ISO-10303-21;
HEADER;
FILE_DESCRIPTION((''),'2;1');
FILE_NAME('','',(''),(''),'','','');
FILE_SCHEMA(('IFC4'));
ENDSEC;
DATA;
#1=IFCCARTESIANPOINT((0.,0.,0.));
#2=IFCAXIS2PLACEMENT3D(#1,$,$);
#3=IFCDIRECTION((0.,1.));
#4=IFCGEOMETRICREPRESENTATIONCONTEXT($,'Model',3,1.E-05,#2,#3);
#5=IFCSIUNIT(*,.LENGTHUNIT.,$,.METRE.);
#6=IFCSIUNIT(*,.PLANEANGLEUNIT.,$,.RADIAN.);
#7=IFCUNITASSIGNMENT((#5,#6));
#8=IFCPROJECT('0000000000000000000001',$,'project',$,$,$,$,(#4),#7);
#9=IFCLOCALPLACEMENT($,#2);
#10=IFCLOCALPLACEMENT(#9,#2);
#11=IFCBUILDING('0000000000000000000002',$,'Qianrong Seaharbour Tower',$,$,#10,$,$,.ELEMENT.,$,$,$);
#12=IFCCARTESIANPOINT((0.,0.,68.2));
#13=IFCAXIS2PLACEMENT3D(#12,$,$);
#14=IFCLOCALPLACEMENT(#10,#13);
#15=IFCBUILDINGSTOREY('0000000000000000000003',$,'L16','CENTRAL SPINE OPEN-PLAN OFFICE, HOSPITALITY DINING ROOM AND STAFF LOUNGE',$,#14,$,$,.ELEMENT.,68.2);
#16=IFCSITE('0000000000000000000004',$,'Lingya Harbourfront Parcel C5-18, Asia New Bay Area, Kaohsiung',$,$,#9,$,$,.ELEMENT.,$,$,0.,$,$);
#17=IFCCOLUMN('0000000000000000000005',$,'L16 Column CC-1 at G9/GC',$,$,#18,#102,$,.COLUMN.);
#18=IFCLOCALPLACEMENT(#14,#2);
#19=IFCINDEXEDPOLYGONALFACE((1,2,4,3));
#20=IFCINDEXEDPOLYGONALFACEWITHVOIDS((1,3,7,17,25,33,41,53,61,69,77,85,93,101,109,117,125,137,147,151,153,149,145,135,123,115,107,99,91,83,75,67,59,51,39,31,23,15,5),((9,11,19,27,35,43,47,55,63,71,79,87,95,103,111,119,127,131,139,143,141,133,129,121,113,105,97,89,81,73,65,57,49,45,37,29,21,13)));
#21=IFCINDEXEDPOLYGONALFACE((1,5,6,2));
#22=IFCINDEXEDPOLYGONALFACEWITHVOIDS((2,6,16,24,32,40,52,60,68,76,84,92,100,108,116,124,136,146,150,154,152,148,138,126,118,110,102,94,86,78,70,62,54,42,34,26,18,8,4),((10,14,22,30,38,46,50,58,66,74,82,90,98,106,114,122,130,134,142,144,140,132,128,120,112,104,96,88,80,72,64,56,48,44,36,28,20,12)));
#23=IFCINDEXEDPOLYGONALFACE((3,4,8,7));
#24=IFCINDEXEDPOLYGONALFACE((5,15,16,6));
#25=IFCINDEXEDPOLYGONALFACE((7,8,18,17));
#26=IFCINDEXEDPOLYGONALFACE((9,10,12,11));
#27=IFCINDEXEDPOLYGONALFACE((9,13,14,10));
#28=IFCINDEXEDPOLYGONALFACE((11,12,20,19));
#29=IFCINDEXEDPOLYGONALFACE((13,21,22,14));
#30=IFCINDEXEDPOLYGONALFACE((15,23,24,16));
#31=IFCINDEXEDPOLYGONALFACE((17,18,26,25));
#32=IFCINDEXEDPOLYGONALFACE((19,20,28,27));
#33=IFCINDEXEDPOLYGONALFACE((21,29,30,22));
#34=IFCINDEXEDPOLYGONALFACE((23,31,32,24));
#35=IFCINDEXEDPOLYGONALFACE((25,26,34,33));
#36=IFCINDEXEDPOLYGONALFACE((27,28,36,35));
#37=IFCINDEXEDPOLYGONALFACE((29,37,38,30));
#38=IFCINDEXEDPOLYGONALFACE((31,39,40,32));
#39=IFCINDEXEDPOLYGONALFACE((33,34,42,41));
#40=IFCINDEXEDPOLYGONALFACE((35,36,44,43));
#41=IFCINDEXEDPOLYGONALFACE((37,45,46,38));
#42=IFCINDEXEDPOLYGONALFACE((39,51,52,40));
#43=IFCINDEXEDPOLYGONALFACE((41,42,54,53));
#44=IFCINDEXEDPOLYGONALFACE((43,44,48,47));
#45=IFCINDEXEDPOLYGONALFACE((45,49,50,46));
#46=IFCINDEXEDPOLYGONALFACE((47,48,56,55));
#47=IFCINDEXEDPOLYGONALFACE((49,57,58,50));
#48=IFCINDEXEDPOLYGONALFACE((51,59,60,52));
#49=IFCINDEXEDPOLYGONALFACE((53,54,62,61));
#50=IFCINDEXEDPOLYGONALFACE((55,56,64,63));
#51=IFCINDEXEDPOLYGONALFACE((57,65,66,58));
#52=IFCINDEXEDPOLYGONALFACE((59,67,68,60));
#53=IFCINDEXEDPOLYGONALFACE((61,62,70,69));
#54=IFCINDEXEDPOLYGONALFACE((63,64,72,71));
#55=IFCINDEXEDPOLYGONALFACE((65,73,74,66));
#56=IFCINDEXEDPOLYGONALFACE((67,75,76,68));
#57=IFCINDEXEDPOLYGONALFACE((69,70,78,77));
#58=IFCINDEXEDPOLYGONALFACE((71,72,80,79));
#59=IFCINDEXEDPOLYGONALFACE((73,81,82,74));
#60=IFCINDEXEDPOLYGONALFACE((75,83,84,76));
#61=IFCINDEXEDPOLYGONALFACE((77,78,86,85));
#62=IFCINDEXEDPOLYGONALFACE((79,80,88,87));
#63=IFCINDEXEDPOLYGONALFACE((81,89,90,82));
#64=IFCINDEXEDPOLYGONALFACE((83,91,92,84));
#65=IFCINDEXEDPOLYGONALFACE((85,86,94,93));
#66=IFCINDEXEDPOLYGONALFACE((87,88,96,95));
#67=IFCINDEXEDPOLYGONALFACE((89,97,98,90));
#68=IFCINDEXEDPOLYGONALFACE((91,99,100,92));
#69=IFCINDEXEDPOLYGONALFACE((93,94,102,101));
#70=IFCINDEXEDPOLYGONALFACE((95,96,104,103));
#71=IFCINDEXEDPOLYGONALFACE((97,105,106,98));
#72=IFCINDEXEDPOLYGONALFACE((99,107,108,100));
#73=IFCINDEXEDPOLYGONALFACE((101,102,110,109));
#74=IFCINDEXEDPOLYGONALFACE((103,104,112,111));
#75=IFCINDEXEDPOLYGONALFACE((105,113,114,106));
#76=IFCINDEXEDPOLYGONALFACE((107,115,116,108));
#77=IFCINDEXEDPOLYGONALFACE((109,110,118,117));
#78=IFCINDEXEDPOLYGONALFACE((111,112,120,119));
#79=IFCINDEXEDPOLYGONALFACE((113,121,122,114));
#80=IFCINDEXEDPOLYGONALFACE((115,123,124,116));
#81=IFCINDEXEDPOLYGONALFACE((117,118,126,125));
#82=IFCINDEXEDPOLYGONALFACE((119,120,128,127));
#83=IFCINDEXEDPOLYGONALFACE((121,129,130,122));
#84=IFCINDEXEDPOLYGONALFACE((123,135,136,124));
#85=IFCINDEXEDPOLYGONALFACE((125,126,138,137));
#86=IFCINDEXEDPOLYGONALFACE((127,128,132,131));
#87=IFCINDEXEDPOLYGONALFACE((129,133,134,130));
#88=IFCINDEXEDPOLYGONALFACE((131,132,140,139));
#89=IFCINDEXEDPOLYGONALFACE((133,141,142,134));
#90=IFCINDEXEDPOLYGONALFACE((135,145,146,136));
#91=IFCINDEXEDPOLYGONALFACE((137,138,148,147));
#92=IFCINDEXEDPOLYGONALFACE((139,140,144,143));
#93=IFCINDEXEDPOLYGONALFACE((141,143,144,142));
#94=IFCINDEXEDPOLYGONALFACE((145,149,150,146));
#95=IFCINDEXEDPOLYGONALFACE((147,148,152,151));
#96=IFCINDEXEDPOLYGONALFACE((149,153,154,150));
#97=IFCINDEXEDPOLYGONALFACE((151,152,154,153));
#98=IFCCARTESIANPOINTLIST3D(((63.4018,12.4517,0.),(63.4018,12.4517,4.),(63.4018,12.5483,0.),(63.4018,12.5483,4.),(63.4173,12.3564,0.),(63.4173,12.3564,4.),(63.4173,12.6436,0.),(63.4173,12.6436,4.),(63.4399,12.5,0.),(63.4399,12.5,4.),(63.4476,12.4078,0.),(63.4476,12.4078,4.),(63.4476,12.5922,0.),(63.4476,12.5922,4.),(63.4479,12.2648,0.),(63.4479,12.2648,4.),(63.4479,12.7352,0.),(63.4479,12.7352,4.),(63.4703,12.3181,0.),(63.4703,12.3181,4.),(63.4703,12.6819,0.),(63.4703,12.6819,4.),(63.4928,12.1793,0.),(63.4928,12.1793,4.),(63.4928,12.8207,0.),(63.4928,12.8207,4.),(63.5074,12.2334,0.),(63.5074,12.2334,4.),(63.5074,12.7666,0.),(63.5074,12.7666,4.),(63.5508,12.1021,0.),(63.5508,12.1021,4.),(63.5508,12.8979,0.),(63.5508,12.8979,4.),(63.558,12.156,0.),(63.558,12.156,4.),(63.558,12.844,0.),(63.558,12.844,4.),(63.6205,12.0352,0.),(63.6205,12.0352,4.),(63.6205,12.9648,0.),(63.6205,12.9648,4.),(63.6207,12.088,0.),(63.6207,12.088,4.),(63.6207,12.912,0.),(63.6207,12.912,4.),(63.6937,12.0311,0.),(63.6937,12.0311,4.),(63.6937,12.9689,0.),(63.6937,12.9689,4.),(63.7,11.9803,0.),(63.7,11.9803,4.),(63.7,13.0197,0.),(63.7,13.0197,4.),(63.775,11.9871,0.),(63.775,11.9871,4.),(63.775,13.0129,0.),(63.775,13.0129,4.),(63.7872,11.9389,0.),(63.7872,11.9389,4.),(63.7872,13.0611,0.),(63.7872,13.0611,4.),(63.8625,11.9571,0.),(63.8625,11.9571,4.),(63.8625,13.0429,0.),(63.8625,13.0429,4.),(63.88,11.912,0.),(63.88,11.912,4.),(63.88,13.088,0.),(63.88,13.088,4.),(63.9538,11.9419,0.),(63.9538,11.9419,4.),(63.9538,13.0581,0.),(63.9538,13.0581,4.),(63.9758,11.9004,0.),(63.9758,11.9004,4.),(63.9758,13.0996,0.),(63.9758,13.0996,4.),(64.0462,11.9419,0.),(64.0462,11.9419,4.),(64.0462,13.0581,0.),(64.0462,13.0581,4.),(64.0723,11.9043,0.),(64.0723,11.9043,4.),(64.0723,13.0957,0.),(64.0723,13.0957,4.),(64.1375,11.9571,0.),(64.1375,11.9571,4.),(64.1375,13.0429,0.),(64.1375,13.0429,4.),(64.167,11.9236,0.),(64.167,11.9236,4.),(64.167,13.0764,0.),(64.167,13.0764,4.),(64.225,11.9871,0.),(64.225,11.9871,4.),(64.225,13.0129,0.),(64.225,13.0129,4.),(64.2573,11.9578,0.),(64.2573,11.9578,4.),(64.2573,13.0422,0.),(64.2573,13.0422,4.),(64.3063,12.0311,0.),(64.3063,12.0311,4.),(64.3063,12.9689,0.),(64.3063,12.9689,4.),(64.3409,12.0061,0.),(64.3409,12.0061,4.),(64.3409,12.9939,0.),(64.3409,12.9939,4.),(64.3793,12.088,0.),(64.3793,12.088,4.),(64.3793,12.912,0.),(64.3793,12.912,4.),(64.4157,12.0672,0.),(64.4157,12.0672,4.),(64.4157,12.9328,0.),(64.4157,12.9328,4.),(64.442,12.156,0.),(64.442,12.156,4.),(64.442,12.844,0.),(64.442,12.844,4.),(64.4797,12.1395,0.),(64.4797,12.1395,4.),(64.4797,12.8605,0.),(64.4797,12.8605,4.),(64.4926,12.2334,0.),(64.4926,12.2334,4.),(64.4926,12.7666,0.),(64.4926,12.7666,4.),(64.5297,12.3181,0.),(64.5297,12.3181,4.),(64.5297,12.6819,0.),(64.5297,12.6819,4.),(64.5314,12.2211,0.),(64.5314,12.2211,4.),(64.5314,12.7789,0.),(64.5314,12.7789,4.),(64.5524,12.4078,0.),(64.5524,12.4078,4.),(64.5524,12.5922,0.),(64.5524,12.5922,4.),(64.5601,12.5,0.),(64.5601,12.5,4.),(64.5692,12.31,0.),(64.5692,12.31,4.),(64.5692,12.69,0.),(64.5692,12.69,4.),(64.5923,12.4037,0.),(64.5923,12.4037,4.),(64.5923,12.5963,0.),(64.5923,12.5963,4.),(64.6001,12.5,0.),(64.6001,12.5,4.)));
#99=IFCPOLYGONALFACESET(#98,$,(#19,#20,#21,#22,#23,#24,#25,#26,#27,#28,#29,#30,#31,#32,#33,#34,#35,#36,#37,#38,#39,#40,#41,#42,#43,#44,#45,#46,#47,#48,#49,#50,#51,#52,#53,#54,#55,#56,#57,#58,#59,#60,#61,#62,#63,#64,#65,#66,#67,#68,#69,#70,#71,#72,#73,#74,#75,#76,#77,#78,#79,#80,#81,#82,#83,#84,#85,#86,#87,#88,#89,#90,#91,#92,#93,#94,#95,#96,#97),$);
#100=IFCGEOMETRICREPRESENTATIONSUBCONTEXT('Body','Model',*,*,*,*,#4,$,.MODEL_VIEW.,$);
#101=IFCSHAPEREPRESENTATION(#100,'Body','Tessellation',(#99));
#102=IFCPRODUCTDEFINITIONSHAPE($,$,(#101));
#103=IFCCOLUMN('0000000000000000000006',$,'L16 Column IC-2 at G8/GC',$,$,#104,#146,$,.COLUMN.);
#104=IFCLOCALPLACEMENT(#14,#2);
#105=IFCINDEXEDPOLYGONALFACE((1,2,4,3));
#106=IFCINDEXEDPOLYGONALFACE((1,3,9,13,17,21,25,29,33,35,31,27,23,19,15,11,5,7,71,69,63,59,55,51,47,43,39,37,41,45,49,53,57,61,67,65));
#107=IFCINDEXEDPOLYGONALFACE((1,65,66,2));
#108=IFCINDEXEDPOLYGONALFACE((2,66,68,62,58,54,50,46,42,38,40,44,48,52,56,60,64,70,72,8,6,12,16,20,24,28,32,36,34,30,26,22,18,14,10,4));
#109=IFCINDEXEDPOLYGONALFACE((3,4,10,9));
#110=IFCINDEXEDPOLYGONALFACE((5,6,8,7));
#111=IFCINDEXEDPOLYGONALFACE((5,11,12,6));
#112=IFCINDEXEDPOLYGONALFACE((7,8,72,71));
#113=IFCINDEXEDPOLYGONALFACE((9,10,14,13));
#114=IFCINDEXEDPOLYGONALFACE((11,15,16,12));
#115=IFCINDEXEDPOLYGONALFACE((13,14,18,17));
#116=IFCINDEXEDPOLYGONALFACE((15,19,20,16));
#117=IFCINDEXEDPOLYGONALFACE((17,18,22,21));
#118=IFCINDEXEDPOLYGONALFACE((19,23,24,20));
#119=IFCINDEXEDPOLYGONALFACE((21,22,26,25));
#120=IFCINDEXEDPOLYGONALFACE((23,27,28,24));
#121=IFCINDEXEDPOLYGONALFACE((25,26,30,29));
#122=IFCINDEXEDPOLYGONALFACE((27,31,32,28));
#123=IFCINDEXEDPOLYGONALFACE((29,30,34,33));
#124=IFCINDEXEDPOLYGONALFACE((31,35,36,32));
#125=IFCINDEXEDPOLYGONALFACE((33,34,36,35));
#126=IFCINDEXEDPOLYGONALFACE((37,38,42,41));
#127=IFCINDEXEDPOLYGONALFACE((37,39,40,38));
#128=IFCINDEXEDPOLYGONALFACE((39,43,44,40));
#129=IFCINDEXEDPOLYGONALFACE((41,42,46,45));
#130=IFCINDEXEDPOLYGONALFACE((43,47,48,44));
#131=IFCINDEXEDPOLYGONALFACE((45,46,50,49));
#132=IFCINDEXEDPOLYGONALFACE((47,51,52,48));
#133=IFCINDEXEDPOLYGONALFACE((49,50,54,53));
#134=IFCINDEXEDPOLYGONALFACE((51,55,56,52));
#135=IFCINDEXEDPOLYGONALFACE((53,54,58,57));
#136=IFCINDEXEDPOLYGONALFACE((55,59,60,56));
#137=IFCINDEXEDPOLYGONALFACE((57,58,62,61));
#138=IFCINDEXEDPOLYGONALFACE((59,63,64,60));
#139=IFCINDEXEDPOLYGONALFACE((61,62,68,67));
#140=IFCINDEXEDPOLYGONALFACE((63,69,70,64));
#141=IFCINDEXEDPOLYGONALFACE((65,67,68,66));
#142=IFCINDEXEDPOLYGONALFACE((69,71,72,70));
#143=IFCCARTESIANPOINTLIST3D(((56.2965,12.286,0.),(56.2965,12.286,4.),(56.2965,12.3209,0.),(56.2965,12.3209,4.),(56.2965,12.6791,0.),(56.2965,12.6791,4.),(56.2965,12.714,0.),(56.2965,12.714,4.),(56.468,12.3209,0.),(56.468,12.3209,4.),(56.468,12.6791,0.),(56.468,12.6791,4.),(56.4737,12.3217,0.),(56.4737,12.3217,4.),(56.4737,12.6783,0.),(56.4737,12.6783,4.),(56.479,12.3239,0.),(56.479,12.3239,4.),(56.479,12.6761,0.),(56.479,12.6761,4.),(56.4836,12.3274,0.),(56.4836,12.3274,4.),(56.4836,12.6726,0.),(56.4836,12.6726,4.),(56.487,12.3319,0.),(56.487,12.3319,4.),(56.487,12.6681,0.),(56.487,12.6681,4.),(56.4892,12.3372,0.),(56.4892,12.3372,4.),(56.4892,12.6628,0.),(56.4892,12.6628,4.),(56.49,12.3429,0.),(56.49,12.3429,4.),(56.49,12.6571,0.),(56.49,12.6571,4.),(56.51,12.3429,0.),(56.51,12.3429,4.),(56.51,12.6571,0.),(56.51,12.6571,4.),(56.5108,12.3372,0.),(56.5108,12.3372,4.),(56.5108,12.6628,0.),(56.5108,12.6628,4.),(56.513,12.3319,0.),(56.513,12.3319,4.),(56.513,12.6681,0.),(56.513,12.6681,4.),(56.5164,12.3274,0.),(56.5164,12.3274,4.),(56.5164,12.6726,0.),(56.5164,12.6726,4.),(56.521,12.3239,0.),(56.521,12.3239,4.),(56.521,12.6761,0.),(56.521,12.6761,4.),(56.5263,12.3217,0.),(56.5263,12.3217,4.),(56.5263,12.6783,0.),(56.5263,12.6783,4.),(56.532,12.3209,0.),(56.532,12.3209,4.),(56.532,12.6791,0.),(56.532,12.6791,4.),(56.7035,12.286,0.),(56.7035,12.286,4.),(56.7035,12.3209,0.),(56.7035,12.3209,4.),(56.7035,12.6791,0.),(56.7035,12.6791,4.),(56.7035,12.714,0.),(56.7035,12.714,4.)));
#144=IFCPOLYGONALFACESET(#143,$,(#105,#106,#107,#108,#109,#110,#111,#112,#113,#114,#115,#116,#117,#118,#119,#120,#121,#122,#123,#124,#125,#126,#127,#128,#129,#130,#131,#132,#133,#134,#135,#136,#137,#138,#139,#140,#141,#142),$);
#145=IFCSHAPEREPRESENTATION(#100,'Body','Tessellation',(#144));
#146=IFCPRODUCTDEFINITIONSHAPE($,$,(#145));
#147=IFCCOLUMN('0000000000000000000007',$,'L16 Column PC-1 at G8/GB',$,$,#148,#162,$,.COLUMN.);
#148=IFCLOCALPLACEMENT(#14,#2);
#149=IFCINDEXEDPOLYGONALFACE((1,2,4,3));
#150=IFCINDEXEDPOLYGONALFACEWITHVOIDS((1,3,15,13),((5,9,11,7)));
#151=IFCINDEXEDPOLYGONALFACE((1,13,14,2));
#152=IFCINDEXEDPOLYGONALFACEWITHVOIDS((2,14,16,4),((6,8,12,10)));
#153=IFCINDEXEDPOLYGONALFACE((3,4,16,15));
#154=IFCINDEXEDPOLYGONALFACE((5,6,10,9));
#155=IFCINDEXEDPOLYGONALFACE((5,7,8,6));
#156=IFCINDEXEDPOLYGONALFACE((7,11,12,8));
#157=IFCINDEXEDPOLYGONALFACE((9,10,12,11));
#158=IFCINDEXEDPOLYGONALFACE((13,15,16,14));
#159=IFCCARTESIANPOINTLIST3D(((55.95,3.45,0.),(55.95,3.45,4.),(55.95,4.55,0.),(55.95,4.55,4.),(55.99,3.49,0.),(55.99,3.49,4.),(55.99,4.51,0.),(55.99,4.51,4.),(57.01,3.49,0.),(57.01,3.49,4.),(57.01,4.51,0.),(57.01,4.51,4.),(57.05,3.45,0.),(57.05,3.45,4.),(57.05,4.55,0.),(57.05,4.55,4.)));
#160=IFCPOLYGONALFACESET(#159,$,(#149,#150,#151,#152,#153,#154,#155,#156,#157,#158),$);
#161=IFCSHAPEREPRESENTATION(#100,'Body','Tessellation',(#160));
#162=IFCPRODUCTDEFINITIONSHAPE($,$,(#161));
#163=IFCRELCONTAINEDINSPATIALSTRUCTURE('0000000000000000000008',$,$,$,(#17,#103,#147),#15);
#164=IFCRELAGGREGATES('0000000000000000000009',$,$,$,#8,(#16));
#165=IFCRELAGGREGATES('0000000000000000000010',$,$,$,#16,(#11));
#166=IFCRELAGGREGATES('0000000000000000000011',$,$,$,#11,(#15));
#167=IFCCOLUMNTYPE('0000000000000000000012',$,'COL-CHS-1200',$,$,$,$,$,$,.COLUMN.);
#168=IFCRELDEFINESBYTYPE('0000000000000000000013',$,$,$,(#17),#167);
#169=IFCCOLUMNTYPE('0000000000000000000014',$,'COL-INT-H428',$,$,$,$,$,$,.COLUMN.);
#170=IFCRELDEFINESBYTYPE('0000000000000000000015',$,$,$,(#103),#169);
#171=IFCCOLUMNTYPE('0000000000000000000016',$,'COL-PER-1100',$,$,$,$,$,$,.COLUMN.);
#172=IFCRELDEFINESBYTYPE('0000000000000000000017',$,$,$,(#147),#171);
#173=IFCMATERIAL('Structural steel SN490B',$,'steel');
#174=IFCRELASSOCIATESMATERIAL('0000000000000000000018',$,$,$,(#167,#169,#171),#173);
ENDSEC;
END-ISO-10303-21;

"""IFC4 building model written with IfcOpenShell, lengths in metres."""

from ifc_helpers import new_model, si_unit, direction, frame, origin, origin_2d, place, context, subcontext, project, spatial, hollow_rectangle, hollow_circle, i_section, extrude, material, material_profile, profile_set, type_object, element, save


model = new_model("IFC4")

# Units and contexts
model_context = context("Model", 3, precision=1e-05, world=origin(), true_north=direction((0.0, 1.0)))
body_context = subcontext(model_context, "Body", "Model", "MODEL_VIEW")
ifc_project = project(units=[si_unit("LENGTHUNIT", "METRE"), si_unit("PLANEANGLEUNIT", "RADIAN")], contexts=[model_context])

# Site, building, storey
site_placement = place(None, origin())
site = spatial("IfcSite", under=ifc_project, at=site_placement, Name="Lingya Harbourfront Parcel C5-18, Asia New Bay Area, Kaohsiung", CompositionType="ELEMENT", RefElevation=0.0)
building_placement = place(site_placement, origin())
building = spatial("IfcBuilding", under=site, at=building_placement, Name="Qianrong Seaharbour Tower", CompositionType="ELEMENT")
storey_placement = place(building_placement, frame((0.0, 0.0, 68.2)))
storey = spatial("IfcBuildingStorey", under=building, at=storey_placement, Name="L16", Description="CENTRAL SPINE OPEN-PLAN OFFICE, HOSPITALITY DINING ROOM AND STAFF LOUNGE", CompositionType="ELEMENT", Elevation=68.2)

# Columns
ifc_material_1 = material(Name="Structural steel SN490B", Category="steel")
ifc_material_profile_1 = material_profile(ifc_material_1, hollow_circle(Radius=0.6001, WallThickness=0.04, at=origin_2d()), Name="CHS1200x40")
ifc_profile_set_1 = profile_set([ifc_material_profile_1], Name="Structural steel SN490B")
column_type_1 = type_object("IfcColumnType", Name="COL-CHS-1200", PredefinedType="COLUMN", material=ifc_profile_set_1)
column_1_placement = place(storey_placement, frame((64.0, 12.5, 0.0), z_axis=(0.0, 0.0, 1.0), x_axis=(1.0, 0.0, 0.0)))
element("IfcColumn", 1, at=column_1_placement, inside=storey, type_object=column_type_1, Name="L16 Column CC-1 at G9/GC", PredefinedType="COLUMN", context=body_context, shape_type="SweptSolid", body=[
    extrude(hollow_circle(Radius=0.6001, WallThickness=0.04, at=origin_2d()), origin(), (0.0, 0.0, 1.0), 4.0),
])
ifc_material_profile_2 = material_profile(ifc_material_1, i_section(OverallWidth=0.407, OverallDepth=0.428, WebThickness=0.02, FlangeThickness=0.0349, FilletRadius=0.022, at=origin_2d()), Name="H428x407x20x35")
ifc_profile_set_2 = profile_set([ifc_material_profile_2], Name="Structural steel SN490B")
column_type_2 = type_object("IfcColumnType", Name="COL-INT-H428", PredefinedType="COLUMN", material=ifc_profile_set_2)
column_2_placement = place(storey_placement, frame((56.5, 12.5, 0.0), z_axis=(0.0, 0.0, 1.0), x_axis=(1.0, 0.0, 0.0)))
element("IfcColumn", 2, at=column_2_placement, inside=storey, type_object=column_type_2, Name="L16 Column IC-2 at G8/GC", PredefinedType="COLUMN", context=body_context, shape_type="SweptSolid", body=[
    extrude(i_section(OverallWidth=0.407, OverallDepth=0.428, WebThickness=0.02, FlangeThickness=0.0349, FilletRadius=0.022, at=origin_2d()), origin(), (0.0, 0.0, 1.0), 4.0),
])
ifc_material_profile_3 = material_profile(ifc_material_1, hollow_rectangle(XDim=1.1001, YDim=1.1001, WallThickness=0.04, at=origin_2d()), Name="BOX1100x1100x40")
ifc_profile_set_3 = profile_set([ifc_material_profile_3], Name="Structural steel SN490B")
column_type_3 = type_object("IfcColumnType", Name="COL-PER-1100", PredefinedType="COLUMN", material=ifc_profile_set_3)
column_3_placement = place(storey_placement, frame((56.5, 4.0, 0.0), z_axis=(0.0, 0.0, 1.0), x_axis=(1.0, 0.0, 0.0)))
element("IfcColumn", 3, at=column_3_placement, inside=storey, type_object=column_type_3, Name="L16 Column PC-1 at G8/GB", PredefinedType="COLUMN", context=body_context, shape_type="SweptSolid", body=[
    extrude(hollow_rectangle(XDim=1.1001, YDim=1.1001, WallThickness=0.04, at=origin_2d()), origin(), (0.0, 0.0, 1.0), 4.0),
])

save(model, "model.ifc")
